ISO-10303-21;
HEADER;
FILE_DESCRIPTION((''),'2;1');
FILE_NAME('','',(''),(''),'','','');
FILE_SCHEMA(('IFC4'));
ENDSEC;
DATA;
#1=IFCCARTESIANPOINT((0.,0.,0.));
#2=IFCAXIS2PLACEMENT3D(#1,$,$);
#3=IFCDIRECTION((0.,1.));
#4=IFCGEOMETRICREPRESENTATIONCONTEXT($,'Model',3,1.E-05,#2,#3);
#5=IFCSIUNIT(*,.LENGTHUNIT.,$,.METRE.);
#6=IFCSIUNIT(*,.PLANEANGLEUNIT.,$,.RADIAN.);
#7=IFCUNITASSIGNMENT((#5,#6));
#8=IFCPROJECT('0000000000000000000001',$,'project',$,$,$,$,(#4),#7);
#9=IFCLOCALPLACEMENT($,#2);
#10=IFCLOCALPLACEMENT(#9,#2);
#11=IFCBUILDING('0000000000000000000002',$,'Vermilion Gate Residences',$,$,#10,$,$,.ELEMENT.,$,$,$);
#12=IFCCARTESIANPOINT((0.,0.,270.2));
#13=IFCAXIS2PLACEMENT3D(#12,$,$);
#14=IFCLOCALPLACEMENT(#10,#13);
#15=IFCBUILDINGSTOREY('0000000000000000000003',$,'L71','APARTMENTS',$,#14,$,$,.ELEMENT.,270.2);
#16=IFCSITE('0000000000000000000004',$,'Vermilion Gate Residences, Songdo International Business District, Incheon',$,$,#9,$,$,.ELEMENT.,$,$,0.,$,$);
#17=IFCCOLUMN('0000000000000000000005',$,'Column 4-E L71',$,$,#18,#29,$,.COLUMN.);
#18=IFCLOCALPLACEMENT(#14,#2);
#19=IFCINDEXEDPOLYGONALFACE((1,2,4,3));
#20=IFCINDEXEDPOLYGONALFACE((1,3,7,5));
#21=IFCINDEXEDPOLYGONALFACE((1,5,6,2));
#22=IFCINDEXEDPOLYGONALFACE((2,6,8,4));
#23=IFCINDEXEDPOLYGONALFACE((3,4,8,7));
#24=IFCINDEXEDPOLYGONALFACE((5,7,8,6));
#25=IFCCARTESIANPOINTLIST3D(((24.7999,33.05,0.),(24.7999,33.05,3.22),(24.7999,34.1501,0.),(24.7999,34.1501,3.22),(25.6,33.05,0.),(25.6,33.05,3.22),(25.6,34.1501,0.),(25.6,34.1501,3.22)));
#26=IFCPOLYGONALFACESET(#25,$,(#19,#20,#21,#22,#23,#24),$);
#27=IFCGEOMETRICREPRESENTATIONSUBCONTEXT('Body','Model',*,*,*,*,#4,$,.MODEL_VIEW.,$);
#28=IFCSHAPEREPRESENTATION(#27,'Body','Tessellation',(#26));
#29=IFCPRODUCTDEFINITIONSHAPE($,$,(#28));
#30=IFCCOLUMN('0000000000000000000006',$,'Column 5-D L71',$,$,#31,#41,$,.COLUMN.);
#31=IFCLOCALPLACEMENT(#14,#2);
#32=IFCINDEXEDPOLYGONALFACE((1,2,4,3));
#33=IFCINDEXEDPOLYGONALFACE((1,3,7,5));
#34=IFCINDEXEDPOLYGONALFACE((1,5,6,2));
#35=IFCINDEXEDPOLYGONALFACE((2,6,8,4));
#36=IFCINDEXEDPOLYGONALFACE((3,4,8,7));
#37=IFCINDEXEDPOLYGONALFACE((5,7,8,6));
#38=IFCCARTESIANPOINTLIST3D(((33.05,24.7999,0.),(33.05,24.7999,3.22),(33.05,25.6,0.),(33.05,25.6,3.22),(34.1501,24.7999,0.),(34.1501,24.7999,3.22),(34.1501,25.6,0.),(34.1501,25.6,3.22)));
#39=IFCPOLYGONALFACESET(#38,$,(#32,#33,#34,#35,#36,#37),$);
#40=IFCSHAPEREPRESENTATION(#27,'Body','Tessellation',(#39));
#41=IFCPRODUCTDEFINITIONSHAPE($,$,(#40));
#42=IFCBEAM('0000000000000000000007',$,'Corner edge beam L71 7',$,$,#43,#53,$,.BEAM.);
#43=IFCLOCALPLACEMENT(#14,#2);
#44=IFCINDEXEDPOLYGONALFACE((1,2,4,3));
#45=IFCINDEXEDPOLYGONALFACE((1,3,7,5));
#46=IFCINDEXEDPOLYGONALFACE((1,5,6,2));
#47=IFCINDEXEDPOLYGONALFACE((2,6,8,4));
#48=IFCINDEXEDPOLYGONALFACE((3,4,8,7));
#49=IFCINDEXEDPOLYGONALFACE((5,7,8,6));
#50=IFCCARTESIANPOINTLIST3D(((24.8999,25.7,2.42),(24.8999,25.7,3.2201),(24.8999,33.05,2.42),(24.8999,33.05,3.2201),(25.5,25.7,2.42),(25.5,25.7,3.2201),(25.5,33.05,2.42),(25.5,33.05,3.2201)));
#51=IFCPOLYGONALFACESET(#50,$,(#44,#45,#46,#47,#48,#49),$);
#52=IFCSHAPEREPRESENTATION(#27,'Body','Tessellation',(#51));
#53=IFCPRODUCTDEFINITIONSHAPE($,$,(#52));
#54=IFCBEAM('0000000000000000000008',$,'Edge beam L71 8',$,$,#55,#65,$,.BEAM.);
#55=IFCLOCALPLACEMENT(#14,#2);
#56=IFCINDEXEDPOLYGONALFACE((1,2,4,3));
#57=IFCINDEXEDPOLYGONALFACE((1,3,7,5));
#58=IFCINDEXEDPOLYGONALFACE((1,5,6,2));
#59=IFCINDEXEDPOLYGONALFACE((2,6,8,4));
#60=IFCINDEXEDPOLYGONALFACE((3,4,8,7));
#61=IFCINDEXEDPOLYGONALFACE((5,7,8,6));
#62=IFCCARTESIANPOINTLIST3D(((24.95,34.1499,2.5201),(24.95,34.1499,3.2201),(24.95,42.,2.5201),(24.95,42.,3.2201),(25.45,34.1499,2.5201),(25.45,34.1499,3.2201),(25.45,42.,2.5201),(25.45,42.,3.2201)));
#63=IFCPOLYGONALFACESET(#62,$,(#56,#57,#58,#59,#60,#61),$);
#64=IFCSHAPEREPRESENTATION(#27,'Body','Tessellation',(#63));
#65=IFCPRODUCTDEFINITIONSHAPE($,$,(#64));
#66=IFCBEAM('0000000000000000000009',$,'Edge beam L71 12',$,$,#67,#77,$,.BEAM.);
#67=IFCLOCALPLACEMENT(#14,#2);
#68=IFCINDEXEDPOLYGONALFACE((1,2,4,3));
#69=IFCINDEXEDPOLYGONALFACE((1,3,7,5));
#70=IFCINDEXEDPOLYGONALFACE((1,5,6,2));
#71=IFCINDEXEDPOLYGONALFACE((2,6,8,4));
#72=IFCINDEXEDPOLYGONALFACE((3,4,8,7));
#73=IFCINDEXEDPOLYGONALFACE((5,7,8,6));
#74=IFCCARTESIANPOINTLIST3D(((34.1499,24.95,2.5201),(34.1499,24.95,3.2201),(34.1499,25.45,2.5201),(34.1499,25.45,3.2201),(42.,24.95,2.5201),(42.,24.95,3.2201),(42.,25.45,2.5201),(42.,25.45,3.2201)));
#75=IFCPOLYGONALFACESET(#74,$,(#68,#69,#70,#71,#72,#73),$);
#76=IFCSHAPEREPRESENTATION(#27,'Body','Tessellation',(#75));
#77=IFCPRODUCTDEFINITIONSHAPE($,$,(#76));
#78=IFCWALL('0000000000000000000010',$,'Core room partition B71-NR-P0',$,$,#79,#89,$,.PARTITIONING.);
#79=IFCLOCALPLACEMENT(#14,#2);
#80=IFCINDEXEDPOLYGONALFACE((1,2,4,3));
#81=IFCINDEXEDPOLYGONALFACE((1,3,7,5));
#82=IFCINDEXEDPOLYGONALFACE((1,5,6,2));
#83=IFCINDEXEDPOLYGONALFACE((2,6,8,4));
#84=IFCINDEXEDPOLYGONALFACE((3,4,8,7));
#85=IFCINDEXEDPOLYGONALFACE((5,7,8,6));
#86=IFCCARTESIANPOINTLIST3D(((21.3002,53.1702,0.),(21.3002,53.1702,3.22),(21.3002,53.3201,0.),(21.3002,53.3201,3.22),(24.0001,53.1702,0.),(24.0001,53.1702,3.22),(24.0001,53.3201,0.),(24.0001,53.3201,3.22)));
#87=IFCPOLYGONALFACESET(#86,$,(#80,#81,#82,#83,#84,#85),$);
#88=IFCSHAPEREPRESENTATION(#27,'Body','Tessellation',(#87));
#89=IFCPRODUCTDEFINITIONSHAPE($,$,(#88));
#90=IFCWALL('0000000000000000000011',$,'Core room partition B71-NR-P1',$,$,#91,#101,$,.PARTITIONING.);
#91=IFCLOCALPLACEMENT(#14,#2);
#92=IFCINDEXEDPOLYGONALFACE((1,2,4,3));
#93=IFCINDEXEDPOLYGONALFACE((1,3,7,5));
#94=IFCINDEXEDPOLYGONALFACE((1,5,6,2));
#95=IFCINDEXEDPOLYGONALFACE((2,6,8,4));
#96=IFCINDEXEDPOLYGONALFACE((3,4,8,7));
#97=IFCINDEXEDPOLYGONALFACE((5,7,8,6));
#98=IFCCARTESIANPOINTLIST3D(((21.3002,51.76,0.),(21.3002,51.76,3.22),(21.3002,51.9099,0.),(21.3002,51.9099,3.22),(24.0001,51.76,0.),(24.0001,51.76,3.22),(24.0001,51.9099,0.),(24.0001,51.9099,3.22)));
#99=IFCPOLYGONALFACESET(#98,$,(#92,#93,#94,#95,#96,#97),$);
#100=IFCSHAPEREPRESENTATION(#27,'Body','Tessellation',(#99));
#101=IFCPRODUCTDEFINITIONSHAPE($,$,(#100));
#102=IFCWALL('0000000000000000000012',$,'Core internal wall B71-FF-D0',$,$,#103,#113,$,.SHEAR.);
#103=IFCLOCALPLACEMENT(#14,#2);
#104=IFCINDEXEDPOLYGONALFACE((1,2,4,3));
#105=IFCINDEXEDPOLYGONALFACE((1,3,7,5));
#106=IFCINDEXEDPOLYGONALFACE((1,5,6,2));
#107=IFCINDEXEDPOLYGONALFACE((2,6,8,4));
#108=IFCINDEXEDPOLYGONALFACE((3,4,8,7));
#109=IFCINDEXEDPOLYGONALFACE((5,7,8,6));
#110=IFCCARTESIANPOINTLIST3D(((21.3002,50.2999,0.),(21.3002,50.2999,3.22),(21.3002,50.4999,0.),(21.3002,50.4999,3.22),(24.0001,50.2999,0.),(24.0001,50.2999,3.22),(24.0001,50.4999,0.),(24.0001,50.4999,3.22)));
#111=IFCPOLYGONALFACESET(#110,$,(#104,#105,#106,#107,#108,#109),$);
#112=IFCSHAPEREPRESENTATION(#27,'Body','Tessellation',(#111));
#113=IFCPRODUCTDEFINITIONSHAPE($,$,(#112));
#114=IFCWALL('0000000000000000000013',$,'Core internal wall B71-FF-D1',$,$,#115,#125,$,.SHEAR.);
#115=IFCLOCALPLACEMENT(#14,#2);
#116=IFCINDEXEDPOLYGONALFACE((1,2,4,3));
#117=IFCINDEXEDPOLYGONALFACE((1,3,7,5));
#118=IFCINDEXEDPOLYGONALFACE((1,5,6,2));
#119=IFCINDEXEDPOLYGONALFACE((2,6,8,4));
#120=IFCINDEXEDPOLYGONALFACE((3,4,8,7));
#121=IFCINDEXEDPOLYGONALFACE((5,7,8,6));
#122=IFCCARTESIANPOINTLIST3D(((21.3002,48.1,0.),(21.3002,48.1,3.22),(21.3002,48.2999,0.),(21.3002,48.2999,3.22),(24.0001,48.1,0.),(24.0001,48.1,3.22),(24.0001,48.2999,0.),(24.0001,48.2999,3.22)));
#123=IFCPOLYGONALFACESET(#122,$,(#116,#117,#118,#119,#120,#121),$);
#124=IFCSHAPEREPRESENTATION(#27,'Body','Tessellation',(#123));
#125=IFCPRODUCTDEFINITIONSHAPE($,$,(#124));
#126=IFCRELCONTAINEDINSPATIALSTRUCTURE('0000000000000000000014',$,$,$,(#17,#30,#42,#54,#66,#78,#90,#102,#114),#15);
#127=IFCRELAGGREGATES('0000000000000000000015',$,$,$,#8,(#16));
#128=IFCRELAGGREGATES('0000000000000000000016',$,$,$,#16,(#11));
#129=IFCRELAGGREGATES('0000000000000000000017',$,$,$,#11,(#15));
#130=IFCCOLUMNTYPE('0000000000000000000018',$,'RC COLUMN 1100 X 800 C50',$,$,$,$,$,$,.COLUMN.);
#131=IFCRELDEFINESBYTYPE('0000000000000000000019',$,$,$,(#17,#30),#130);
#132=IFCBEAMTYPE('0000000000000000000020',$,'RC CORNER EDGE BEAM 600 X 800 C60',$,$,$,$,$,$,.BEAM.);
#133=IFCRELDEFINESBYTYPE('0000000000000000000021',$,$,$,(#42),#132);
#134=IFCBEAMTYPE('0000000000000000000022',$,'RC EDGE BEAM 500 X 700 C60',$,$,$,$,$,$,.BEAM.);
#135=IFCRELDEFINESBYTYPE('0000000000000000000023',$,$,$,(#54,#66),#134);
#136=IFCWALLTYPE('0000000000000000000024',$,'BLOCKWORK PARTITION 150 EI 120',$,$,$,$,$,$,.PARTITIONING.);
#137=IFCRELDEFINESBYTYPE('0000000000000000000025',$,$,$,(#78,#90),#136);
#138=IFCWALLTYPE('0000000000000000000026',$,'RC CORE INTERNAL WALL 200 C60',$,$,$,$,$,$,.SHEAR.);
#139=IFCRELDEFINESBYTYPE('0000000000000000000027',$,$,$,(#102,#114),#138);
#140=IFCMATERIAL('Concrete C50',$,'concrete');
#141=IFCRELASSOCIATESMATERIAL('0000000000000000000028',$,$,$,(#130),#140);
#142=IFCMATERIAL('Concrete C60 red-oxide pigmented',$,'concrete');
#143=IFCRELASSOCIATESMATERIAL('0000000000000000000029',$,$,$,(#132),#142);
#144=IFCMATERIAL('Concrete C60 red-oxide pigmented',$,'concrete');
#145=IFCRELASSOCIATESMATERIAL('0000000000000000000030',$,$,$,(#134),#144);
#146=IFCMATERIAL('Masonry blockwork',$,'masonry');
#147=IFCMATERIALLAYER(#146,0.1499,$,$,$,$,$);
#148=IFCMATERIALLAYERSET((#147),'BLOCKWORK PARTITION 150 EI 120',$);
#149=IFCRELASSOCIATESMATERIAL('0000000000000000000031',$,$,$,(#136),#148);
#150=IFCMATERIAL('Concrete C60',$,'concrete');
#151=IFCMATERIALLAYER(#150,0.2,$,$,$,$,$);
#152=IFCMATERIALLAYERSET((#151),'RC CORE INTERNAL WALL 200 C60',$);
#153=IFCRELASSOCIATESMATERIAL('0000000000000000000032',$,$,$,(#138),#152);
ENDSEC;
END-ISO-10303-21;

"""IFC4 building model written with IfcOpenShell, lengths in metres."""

from ifc_helpers import new_model, si_unit, direction, frame, frame_2d, origin, origin_2d, place, context, subcontext, project, spatial, rectangle, extrude, material, layer, layer_set, material_profile, profile_set, type_object, element, save


model = new_model("IFC4")

# Units and contexts
model_context = context("Model", 3, precision=1e-05, world=origin(), true_north=direction((0.0, 1.0)))
body_context = subcontext(model_context, "Body", "Model", "MODEL_VIEW")
ifc_project = project(units=[si_unit("LENGTHUNIT", "METRE"), si_unit("PLANEANGLEUNIT", "RADIAN")], contexts=[model_context])

# Site, building, storey
site_placement = place(None, origin())
site = spatial("IfcSite", under=ifc_project, at=site_placement, Name="Vermilion Gate Residences, Songdo International Business District, Incheon", CompositionType="ELEMENT", RefElevation=0.0)
building_placement = place(site_placement, origin())
building = spatial("IfcBuilding", under=site, at=building_placement, Name="Vermilion Gate Residences", CompositionType="ELEMENT")
storey_placement = place(building_placement, frame((0.0, 0.0, 270.2)))
storey = spatial("IfcBuildingStorey", under=building, at=storey_placement, Name="L71", Description="APARTMENTS", CompositionType="ELEMENT", Elevation=270.2)

# Columns
ifc_material_1 = material(Name="Concrete C50", Category="concrete")
ifc_material_profile_1 = material_profile(ifc_material_1, rectangle(XDim=1.1001, YDim=0.8, at=origin_2d()), Name="RC-1100x800")
ifc_profile_set_1 = profile_set([ifc_material_profile_1], Name="Concrete C50")
column_type = type_object("IfcColumnType", Name="RC COLUMN 1100 X 800 C50", PredefinedType="COLUMN", material=ifc_profile_set_1)
for number, where, z_axis, x_axis, name in (
    (1, (25.2, 33.6001, 0.0), (0.0, 0.0, 1.0), (0.0, 1.0, 0.0), "Column 4-E L71"),
    (2, (33.6001, 25.2, 0.0), (0.0, 0.0, 1.0), (1.0, 0.0, 0.0), "Column 5-D L71"),
):
    element("IfcColumn", number, at=place(storey_placement, frame(where, z_axis=z_axis, x_axis=x_axis)), inside=storey, type_object=column_type, Name=name, PredefinedType="COLUMN", context=body_context, shape_type="SweptSolid", body=[
        extrude(rectangle(XDim=1.1001, YDim=0.8, at=origin_2d()), origin(), (0.0, 0.0, 1.0), 3.22),
    ])

# Beams
ifc_material_2 = material(Name="Concrete C60 red-oxide pigmented", Category="concrete")
ifc_material_profile_2 = material_profile(ifc_material_2, rectangle(XDim=0.6001, YDim=0.8, at=origin_2d()), Name="RC-600x800")
ifc_profile_set_2 = profile_set([ifc_material_profile_2], Name="Concrete C60 red-oxide pigmented")
beam_type_1 = type_object("IfcBeamType", Name="RC CORNER EDGE BEAM 600 X 800 C60", PredefinedType="BEAM", material=ifc_profile_set_2)
beam_placement = place(storey_placement, frame((25.2, 25.7, 2.8201), z_axis=(0.0, 1.0, 0.0), x_axis=(-1.0, 0.0, 0.0)))
element("IfcBeam", 3, at=beam_placement, inside=storey, type_object=beam_type_1, Name="Corner edge beam L71 7", PredefinedType="BEAM", context=body_context, shape_type="SweptSolid", body=[
    extrude(rectangle(XDim=0.6001, YDim=0.8, at=origin_2d()), origin(), (0.0, 0.0, 1.0), 7.3501),
])
ifc_material_3 = material(Name="Concrete C60 red-oxide pigmented", Category="concrete")
ifc_material_profile_3 = material_profile(ifc_material_3, rectangle(XDim=0.5, YDim=0.7, at=origin_2d()), Name="RC-500x700")
ifc_profile_set_3 = profile_set([ifc_material_profile_3], Name="Concrete C60 red-oxide pigmented")
beam_type_2 = type_object("IfcBeamType", Name="RC EDGE BEAM 500 X 700 C60", PredefinedType="BEAM", material=ifc_profile_set_3)
for number, where, z_axis, x_axis, name in (
    (4, (25.2, 34.1499, 2.8701), (0.0, 1.0, 0.0), (-1.0, 0.0, 0.0), "Edge beam L71 8"),
    (5, (34.1499, 25.2, 2.8701), (1.0, 0.0, 0.0), (0.0, 1.0, 0.0), "Edge beam L71 12"),
):
    element("IfcBeam", number, at=place(storey_placement, frame(where, z_axis=z_axis, x_axis=x_axis)), inside=storey, type_object=beam_type_2, Name=name, PredefinedType="BEAM", context=body_context, shape_type="SweptSolid", body=[
        extrude(rectangle(XDim=0.5, YDim=0.7, at=origin_2d()), origin(), (0.0, 0.0, 1.0), 7.8501),
    ])

# Walls
ifc_material_4 = material(Name="Masonry blockwork", Category="masonry")
ifc_layer_1 = layer(ifc_material_4, 0.1499)
ifc_layer_set_1 = layer_set([ifc_layer_1], Name="BLOCKWORK PARTITION 150 EI 120")
wall_type_1 = type_object("IfcWallType", Name="BLOCKWORK PARTITION 150 EI 120", PredefinedType="PARTITIONING", material=ifc_layer_set_1)
for number, where, z_axis, x_axis, name in (
    (6, (21.3, 53.2451, 0.0), (0.0, 0.0, 1.0), (1.0, 0.0, 0.0), "Core room partition B71-NR-P0"),
    (7, (21.3, 51.835, 0.0), (0.0, 0.0, 1.0), (1.0, 0.0, 0.0), "Core room partition B71-NR-P1"),
):
    element("IfcWall", number, at=place(storey_placement, frame(where, z_axis=z_axis, x_axis=x_axis)), inside=storey, type_object=wall_type_1, Name=name, PredefinedType="PARTITIONING", context=body_context, shape_type="SweptSolid", body=[
        extrude(rectangle(XDim=2.7, YDim=0.1499, at=frame_2d((1.3501, 0.0))), origin(), (0.0, 0.0, 1.0), 3.22),
    ])
ifc_material_5 = material(Name="Concrete C60", Category="concrete")
ifc_layer_2 = layer(ifc_material_5, 0.2)
ifc_layer_set_2 = layer_set([ifc_layer_2], Name="RC CORE INTERNAL WALL 200 C60")
wall_type_2 = type_object("IfcWallType", Name="RC CORE INTERNAL WALL 200 C60", PredefinedType="SHEAR", material=ifc_layer_set_2)
for number, where, z_axis, x_axis, name in (
    (8, (21.3, 50.3999, 0.0), (0.0, 0.0, 1.0), (1.0, 0.0, 0.0), "Core internal wall B71-FF-D0"),
    (9, (21.3, 48.2, 0.0), (0.0, 0.0, 1.0), (1.0, 0.0, 0.0), "Core internal wall B71-FF-D1"),
):
    element("IfcWall", number, at=place(storey_placement, frame(where, z_axis=z_axis, x_axis=x_axis)), inside=storey, type_object=wall_type_2, Name=name, PredefinedType="SHEAR", context=body_context, shape_type="SweptSolid", body=[
        extrude(rectangle(XDim=2.7, YDim=0.2, at=frame_2d((1.3501, 0.0))), origin(), (0.0, 0.0, 1.0), 3.22),
    ])

save(model, "model.ifc")
